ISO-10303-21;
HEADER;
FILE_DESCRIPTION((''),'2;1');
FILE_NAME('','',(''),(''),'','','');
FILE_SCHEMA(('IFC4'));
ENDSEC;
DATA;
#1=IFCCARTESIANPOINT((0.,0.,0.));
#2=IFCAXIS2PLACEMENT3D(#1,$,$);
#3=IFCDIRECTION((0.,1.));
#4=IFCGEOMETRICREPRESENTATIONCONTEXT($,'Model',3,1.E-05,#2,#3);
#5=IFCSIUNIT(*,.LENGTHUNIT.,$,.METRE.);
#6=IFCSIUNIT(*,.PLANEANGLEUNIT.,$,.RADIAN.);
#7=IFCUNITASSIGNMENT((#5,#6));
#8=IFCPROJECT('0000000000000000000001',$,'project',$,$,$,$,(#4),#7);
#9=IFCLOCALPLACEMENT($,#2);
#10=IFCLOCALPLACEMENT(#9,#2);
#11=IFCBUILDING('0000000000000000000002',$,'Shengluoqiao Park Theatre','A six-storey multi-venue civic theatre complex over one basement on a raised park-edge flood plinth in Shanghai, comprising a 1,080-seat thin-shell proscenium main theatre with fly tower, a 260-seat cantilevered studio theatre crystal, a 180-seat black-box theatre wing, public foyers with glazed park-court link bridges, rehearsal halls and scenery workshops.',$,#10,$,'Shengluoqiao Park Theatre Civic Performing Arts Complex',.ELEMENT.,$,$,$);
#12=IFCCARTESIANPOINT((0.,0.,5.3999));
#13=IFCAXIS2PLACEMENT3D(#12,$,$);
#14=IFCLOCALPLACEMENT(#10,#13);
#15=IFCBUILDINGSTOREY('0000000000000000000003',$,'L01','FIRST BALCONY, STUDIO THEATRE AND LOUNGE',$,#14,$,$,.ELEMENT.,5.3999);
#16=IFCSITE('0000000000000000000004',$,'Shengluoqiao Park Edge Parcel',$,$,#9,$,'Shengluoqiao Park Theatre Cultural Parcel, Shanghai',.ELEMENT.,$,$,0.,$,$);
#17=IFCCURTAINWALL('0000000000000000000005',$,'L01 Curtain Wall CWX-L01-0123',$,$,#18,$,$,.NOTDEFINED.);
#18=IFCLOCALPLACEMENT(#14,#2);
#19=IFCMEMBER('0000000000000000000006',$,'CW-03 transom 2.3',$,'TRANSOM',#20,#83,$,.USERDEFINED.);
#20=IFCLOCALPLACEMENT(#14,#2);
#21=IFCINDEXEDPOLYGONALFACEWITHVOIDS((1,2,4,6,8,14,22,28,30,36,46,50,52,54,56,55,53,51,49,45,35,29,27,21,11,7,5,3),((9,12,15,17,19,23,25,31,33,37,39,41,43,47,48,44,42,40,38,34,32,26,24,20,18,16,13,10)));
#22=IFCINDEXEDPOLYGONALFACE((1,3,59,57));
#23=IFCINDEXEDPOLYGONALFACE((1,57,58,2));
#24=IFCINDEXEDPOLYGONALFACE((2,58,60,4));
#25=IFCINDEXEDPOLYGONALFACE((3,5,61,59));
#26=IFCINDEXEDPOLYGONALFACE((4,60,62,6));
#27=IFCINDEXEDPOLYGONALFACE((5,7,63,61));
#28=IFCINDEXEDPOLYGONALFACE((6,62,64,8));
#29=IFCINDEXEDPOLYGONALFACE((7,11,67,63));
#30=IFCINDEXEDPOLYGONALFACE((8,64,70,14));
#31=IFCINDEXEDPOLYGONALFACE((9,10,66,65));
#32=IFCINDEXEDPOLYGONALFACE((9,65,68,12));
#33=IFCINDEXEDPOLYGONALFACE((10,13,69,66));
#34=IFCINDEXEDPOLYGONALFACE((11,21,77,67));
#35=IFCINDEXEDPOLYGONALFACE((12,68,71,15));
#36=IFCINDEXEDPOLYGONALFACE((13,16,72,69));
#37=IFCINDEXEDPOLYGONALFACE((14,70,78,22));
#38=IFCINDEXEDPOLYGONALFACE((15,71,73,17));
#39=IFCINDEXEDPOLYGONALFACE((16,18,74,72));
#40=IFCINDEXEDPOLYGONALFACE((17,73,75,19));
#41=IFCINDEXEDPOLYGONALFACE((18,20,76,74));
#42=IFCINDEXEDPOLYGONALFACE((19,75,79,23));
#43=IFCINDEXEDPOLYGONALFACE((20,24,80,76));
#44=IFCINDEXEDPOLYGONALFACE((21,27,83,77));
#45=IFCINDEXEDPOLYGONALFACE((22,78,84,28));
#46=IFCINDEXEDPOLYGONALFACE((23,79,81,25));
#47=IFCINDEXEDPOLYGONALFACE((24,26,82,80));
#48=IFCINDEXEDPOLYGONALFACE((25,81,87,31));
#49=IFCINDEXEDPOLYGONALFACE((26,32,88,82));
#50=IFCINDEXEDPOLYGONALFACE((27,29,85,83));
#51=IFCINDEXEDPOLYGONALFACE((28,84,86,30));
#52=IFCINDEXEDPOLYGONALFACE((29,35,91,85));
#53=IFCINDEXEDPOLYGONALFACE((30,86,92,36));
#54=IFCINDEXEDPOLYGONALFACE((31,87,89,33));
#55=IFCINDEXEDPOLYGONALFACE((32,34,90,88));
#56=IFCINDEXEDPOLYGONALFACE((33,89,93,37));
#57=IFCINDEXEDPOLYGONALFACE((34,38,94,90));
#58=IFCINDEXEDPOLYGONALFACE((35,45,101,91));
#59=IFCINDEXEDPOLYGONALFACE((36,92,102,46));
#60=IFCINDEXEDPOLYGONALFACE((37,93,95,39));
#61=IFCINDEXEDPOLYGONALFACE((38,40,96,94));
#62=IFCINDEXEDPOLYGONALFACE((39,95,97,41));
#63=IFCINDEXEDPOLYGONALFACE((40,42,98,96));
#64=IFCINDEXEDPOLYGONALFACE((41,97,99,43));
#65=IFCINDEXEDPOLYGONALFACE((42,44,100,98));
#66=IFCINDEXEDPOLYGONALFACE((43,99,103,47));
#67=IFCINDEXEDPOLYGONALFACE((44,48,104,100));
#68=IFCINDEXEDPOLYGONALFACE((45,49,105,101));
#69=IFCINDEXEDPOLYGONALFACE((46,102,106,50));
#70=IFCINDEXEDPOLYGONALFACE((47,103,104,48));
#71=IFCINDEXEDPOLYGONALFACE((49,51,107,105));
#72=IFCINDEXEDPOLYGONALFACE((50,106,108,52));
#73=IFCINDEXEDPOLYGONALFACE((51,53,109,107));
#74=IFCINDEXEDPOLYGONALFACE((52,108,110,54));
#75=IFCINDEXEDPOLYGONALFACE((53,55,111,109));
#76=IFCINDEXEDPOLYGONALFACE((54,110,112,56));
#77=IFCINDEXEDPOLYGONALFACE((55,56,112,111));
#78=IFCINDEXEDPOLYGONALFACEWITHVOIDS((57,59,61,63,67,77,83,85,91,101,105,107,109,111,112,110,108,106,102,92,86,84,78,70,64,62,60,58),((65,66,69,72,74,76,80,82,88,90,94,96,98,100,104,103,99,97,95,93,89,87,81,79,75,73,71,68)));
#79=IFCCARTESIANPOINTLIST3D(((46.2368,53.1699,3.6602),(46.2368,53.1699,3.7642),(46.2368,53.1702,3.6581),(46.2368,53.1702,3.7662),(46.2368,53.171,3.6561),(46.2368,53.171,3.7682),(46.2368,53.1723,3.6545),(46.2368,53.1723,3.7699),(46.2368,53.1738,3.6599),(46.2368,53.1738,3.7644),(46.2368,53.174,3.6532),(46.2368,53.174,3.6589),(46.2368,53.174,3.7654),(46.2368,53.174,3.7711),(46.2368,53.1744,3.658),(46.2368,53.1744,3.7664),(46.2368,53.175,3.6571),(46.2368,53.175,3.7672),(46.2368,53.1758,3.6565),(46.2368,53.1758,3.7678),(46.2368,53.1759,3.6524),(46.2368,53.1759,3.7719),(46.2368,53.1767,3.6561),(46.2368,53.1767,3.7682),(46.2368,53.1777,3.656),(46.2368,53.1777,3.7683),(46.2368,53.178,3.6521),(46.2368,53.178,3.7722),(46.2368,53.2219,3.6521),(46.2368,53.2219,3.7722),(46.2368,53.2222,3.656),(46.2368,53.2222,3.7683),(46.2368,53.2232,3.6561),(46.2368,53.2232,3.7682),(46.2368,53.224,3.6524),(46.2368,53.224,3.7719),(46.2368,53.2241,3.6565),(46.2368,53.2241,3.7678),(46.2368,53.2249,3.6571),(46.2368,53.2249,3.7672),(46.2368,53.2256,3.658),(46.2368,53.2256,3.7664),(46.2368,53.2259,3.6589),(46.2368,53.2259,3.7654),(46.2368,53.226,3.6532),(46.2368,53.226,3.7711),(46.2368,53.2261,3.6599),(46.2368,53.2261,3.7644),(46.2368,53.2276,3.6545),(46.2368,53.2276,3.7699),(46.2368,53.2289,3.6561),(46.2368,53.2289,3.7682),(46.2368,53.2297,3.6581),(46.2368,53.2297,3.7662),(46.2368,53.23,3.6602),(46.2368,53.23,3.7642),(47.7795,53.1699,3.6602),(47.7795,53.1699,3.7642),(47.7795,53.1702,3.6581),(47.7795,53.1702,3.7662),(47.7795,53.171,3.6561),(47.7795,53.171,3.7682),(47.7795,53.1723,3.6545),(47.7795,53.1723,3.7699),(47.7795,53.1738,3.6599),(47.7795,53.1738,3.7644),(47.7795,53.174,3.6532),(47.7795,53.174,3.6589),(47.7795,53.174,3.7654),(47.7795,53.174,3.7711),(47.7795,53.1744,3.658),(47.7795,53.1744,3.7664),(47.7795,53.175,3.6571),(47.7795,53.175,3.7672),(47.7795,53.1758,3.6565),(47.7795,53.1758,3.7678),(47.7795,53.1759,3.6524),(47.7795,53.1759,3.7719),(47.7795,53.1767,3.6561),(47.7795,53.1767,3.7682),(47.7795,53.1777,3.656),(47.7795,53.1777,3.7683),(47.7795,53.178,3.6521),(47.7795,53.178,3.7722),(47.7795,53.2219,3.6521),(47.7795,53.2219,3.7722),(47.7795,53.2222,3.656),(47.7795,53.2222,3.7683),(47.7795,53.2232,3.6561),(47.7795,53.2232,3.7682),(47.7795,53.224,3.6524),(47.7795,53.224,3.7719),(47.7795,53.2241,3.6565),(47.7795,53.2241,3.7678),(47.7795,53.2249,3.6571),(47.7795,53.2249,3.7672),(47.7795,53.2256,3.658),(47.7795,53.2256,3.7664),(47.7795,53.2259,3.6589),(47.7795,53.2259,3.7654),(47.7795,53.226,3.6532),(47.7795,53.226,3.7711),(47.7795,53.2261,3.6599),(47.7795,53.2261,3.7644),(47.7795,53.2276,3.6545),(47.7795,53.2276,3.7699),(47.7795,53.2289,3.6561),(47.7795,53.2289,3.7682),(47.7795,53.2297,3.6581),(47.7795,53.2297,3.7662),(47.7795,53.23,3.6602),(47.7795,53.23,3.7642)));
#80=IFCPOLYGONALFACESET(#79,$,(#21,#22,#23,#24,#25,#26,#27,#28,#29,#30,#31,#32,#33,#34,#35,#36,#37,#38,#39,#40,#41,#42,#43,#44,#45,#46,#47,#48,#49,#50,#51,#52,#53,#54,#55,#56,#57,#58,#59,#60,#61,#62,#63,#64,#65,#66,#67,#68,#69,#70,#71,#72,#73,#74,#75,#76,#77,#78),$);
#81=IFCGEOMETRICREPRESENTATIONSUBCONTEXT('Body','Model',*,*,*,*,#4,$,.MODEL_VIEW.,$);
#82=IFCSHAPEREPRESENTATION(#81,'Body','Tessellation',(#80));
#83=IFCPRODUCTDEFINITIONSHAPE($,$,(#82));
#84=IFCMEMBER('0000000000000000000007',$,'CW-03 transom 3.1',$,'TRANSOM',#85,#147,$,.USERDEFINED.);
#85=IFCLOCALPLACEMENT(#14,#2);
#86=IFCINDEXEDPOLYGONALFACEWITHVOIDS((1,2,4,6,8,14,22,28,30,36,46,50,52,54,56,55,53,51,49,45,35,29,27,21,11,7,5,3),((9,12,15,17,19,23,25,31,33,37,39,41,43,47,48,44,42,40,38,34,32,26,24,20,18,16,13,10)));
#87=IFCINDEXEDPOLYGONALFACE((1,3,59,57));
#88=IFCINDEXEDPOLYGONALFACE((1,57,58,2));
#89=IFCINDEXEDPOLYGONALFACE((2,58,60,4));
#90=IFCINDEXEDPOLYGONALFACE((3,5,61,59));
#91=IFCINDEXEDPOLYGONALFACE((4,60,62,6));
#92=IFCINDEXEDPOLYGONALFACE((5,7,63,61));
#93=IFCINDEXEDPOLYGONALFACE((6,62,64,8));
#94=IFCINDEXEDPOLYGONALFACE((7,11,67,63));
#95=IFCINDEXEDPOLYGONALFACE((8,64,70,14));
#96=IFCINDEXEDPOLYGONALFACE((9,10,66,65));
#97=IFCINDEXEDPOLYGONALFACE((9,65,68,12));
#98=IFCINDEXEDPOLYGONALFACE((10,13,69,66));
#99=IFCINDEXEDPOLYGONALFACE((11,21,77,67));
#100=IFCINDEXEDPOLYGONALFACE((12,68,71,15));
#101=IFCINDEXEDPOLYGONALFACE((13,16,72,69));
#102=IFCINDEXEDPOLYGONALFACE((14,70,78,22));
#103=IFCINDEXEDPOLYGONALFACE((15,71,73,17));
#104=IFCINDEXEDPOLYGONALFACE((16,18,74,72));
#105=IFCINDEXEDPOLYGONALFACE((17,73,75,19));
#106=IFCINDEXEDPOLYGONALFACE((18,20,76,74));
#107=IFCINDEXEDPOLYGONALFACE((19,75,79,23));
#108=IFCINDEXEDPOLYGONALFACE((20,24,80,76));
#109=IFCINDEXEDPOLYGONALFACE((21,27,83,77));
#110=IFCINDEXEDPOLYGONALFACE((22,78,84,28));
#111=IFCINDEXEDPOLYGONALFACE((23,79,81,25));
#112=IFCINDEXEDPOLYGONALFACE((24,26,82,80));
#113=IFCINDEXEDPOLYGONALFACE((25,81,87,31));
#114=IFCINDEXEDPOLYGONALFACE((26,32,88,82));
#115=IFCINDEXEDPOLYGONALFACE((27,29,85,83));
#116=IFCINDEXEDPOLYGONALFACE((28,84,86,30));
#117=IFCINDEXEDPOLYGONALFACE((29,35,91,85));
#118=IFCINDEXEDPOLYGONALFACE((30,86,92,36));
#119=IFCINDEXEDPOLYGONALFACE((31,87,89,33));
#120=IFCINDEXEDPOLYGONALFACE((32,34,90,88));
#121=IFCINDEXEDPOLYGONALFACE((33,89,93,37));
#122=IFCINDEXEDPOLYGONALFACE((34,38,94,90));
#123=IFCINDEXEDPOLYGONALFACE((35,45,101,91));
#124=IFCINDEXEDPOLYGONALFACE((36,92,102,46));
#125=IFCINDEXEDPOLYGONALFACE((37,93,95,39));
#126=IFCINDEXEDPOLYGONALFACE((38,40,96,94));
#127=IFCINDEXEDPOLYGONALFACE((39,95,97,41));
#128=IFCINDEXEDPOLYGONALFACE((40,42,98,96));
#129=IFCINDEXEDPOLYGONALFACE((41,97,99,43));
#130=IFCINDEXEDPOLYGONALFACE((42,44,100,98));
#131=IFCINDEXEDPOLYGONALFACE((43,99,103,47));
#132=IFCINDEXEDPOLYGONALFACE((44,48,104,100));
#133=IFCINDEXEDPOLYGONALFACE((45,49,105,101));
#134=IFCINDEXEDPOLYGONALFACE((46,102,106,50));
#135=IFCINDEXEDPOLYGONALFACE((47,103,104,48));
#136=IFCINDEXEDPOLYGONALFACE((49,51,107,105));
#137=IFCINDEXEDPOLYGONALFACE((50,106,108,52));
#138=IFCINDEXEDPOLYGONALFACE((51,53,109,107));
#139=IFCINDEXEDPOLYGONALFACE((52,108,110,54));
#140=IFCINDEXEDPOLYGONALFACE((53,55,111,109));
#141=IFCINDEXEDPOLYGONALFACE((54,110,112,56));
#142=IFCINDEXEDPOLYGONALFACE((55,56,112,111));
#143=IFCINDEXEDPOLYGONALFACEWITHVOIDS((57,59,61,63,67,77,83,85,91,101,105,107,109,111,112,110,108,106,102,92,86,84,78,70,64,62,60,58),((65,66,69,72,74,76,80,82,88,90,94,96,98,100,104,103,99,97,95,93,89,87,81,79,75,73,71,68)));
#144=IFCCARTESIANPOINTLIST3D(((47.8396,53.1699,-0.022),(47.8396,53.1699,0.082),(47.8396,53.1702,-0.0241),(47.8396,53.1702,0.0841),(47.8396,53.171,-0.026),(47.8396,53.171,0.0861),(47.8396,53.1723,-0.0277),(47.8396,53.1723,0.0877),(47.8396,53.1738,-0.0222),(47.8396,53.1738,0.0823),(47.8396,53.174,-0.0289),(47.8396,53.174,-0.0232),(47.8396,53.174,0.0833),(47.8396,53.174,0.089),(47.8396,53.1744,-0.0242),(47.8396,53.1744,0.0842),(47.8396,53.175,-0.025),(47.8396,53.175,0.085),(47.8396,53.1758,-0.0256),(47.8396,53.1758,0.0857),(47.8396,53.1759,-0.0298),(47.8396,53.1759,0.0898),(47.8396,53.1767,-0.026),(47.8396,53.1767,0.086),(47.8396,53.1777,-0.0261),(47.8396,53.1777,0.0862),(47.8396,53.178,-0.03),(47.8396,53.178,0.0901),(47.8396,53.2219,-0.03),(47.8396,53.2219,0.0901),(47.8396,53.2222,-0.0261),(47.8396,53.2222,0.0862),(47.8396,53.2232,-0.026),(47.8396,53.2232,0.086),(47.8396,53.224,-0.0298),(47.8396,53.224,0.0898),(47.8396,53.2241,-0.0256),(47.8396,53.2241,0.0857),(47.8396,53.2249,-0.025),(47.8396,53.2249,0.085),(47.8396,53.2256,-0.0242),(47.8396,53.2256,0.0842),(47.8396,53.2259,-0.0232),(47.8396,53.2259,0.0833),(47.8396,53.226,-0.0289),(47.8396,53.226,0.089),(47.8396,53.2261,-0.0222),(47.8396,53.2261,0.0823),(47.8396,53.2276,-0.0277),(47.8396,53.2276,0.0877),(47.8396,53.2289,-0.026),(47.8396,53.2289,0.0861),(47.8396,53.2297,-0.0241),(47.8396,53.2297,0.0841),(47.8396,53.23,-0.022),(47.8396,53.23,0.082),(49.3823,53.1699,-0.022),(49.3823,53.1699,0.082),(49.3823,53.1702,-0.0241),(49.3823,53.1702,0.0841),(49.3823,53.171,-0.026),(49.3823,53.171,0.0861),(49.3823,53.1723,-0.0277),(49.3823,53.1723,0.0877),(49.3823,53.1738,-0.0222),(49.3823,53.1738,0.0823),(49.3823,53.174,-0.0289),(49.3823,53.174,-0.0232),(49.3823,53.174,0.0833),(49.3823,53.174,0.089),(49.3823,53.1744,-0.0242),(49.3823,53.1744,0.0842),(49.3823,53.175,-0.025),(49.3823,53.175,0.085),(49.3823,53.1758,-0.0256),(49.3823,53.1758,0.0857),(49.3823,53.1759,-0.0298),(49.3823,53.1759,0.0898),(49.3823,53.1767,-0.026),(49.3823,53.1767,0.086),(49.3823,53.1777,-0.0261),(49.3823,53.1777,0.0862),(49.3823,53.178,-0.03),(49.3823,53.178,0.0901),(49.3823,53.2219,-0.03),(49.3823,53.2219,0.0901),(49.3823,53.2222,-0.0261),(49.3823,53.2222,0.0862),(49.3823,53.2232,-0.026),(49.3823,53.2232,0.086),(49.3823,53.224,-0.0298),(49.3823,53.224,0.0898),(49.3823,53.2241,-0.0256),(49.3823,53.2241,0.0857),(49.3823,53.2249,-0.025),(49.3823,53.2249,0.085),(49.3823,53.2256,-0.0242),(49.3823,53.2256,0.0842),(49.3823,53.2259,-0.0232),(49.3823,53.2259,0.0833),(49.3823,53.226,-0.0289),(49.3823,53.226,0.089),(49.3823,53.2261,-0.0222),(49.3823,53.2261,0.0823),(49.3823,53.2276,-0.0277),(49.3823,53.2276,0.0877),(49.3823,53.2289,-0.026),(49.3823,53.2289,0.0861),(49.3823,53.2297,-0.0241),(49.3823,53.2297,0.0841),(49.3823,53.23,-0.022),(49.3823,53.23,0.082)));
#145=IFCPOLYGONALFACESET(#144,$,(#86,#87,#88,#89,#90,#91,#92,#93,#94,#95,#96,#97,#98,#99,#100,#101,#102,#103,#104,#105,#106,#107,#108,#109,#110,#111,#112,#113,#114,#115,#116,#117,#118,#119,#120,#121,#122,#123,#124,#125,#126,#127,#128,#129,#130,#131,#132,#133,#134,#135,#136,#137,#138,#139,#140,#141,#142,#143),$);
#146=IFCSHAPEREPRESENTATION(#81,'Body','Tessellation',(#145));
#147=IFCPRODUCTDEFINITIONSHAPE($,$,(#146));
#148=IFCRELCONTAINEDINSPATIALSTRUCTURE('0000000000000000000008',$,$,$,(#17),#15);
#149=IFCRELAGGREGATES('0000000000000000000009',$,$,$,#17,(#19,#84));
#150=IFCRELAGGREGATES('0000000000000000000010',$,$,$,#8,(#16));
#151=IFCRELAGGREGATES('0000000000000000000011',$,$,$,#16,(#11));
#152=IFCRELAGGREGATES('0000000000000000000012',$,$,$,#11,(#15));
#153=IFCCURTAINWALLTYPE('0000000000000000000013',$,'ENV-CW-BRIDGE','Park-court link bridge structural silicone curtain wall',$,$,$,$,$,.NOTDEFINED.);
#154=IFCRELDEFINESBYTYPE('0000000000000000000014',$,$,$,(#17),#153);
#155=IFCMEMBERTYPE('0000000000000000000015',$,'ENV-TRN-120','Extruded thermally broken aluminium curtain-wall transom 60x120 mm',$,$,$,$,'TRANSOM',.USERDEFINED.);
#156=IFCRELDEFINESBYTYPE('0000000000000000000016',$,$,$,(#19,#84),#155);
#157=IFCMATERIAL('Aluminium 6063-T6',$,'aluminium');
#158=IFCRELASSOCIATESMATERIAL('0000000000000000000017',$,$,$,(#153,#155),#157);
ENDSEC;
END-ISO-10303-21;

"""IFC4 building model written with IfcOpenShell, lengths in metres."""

from ifc_helpers import new_model, si_unit, direction, frame, origin, origin_2d, place, context, subcontext, project, spatial, hollow_rectangle, extrude, material, material_profile, profile_set, type_object, element, aggregate, save


model = new_model("IFC4")

# Units and contexts
model_context = context("Model", 3, precision=1e-05, world=origin(), true_north=direction((0.0, 1.0)))
body_context = subcontext(model_context, "Body", "Model", "MODEL_VIEW")
ifc_project = project(units=[si_unit("LENGTHUNIT", "METRE"), si_unit("PLANEANGLEUNIT", "RADIAN")], contexts=[model_context])

# Site, building, storey
site_placement = place(None, origin())
site = spatial("IfcSite", under=ifc_project, at=site_placement, Name="Shengluoqiao Park Edge Parcel", LongName="Shengluoqiao Park Theatre Cultural Parcel, Shanghai", CompositionType="ELEMENT", RefElevation=0.0)
building_placement = place(site_placement, origin())
building = spatial("IfcBuilding", under=site, at=building_placement, Name="Shengluoqiao Park Theatre", Description="A six-storey multi-venue civic theatre complex over one basement on a raised park-edge flood plinth in Shanghai, comprising a 1,080-seat thin-shell proscenium main theatre with fly tower, a 260-seat cantilevered studio theatre crystal, a 180-seat black-box theatre wing, public foyers with glazed park-court link bridges, rehearsal halls and scenery workshops.", LongName="Shengluoqiao Park Theatre Civic Performing Arts Complex", CompositionType="ELEMENT")
storey_placement = place(building_placement, frame((0.0, 0.0, 5.3999)))
storey = spatial("IfcBuildingStorey", under=building, at=storey_placement, Name="L01", Description="FIRST BALCONY, STUDIO THEATRE AND LOUNGE", CompositionType="ELEMENT", Elevation=5.3999)

# Curtain wall, members
ifc_material_1 = material(Name="Aluminium 6063-T6", Category="aluminium")
curtain_wall_type = type_object("IfcCurtainWallType", Name="ENV-CW-BRIDGE", Description="Park-court link bridge structural silicone curtain wall", PredefinedType="NOTDEFINED", material=ifc_material_1)
curtain_wall_placement = place(storey_placement, origin())
curtain_wall = element("IfcCurtainWall", 1, at=curtain_wall_placement, inside=storey, type_object=curtain_wall_type, Name="L01 Curtain Wall CWX-L01-0123", PredefinedType="NOTDEFINED")
ifc_material_profile_1 = material_profile(ifc_material_1, hollow_rectangle(XDim=0.0601, YDim=0.1201, WallThickness=0.0039, InnerFilletRadius=0.0039, OuterFilletRadius=0.0081, at=origin_2d()), Name="ALU TRANSOM 120x60x4")
ifc_profile_set_1 = profile_set([ifc_material_profile_1], Name="Aluminium 6063-T6")
member_type_1 = type_object("IfcMemberType", Name="ENV-TRN-120", Description="Extruded thermally broken aluminium curtain-wall transom 60x120 mm", ElementType="TRANSOM", PredefinedType="USERDEFINED", material=ifc_profile_set_1)
member_1_placement = place(storey_placement, frame((46.2368, 53.2, 3.7122), z_axis=(1.0, 0.0, 0.0), x_axis=(0.0, 1.0, 0.0)))
member_1 = element("IfcMember", 2, at=member_1_placement, type_object=member_type_1, Name="CW-03 transom 2.3", ObjectType="TRANSOM", PredefinedType="USERDEFINED", context=body_context, shape_type="SweptSolid", body=[
    extrude(hollow_rectangle(XDim=0.0601, YDim=0.1201, WallThickness=0.0039, InnerFilletRadius=0.0039, OuterFilletRadius=0.0081, at=origin_2d()), origin(), (0.0, 0.0, 1.0), 1.5427),
])
member_2_placement = place(storey_placement, frame((47.8396, 53.2, 0.03), z_axis=(1.0, 0.0, 0.0), x_axis=(0.0, 1.0, 0.0)))
member_2 = element("IfcMember", 3, at=member_2_placement, type_object=member_type_1, Name="CW-03 transom 3.1", ObjectType="TRANSOM", PredefinedType="USERDEFINED", context=body_context, shape_type="SweptSolid", body=[
    extrude(hollow_rectangle(XDim=0.0601, YDim=0.1201, WallThickness=0.0039, InnerFilletRadius=0.0039, OuterFilletRadius=0.0081, at=origin_2d()), origin(), (0.0, 0.0, 1.0), 1.5427),
])

aggregate(curtain_wall, [member_1, member_2])

save(model, "model.ifc")
